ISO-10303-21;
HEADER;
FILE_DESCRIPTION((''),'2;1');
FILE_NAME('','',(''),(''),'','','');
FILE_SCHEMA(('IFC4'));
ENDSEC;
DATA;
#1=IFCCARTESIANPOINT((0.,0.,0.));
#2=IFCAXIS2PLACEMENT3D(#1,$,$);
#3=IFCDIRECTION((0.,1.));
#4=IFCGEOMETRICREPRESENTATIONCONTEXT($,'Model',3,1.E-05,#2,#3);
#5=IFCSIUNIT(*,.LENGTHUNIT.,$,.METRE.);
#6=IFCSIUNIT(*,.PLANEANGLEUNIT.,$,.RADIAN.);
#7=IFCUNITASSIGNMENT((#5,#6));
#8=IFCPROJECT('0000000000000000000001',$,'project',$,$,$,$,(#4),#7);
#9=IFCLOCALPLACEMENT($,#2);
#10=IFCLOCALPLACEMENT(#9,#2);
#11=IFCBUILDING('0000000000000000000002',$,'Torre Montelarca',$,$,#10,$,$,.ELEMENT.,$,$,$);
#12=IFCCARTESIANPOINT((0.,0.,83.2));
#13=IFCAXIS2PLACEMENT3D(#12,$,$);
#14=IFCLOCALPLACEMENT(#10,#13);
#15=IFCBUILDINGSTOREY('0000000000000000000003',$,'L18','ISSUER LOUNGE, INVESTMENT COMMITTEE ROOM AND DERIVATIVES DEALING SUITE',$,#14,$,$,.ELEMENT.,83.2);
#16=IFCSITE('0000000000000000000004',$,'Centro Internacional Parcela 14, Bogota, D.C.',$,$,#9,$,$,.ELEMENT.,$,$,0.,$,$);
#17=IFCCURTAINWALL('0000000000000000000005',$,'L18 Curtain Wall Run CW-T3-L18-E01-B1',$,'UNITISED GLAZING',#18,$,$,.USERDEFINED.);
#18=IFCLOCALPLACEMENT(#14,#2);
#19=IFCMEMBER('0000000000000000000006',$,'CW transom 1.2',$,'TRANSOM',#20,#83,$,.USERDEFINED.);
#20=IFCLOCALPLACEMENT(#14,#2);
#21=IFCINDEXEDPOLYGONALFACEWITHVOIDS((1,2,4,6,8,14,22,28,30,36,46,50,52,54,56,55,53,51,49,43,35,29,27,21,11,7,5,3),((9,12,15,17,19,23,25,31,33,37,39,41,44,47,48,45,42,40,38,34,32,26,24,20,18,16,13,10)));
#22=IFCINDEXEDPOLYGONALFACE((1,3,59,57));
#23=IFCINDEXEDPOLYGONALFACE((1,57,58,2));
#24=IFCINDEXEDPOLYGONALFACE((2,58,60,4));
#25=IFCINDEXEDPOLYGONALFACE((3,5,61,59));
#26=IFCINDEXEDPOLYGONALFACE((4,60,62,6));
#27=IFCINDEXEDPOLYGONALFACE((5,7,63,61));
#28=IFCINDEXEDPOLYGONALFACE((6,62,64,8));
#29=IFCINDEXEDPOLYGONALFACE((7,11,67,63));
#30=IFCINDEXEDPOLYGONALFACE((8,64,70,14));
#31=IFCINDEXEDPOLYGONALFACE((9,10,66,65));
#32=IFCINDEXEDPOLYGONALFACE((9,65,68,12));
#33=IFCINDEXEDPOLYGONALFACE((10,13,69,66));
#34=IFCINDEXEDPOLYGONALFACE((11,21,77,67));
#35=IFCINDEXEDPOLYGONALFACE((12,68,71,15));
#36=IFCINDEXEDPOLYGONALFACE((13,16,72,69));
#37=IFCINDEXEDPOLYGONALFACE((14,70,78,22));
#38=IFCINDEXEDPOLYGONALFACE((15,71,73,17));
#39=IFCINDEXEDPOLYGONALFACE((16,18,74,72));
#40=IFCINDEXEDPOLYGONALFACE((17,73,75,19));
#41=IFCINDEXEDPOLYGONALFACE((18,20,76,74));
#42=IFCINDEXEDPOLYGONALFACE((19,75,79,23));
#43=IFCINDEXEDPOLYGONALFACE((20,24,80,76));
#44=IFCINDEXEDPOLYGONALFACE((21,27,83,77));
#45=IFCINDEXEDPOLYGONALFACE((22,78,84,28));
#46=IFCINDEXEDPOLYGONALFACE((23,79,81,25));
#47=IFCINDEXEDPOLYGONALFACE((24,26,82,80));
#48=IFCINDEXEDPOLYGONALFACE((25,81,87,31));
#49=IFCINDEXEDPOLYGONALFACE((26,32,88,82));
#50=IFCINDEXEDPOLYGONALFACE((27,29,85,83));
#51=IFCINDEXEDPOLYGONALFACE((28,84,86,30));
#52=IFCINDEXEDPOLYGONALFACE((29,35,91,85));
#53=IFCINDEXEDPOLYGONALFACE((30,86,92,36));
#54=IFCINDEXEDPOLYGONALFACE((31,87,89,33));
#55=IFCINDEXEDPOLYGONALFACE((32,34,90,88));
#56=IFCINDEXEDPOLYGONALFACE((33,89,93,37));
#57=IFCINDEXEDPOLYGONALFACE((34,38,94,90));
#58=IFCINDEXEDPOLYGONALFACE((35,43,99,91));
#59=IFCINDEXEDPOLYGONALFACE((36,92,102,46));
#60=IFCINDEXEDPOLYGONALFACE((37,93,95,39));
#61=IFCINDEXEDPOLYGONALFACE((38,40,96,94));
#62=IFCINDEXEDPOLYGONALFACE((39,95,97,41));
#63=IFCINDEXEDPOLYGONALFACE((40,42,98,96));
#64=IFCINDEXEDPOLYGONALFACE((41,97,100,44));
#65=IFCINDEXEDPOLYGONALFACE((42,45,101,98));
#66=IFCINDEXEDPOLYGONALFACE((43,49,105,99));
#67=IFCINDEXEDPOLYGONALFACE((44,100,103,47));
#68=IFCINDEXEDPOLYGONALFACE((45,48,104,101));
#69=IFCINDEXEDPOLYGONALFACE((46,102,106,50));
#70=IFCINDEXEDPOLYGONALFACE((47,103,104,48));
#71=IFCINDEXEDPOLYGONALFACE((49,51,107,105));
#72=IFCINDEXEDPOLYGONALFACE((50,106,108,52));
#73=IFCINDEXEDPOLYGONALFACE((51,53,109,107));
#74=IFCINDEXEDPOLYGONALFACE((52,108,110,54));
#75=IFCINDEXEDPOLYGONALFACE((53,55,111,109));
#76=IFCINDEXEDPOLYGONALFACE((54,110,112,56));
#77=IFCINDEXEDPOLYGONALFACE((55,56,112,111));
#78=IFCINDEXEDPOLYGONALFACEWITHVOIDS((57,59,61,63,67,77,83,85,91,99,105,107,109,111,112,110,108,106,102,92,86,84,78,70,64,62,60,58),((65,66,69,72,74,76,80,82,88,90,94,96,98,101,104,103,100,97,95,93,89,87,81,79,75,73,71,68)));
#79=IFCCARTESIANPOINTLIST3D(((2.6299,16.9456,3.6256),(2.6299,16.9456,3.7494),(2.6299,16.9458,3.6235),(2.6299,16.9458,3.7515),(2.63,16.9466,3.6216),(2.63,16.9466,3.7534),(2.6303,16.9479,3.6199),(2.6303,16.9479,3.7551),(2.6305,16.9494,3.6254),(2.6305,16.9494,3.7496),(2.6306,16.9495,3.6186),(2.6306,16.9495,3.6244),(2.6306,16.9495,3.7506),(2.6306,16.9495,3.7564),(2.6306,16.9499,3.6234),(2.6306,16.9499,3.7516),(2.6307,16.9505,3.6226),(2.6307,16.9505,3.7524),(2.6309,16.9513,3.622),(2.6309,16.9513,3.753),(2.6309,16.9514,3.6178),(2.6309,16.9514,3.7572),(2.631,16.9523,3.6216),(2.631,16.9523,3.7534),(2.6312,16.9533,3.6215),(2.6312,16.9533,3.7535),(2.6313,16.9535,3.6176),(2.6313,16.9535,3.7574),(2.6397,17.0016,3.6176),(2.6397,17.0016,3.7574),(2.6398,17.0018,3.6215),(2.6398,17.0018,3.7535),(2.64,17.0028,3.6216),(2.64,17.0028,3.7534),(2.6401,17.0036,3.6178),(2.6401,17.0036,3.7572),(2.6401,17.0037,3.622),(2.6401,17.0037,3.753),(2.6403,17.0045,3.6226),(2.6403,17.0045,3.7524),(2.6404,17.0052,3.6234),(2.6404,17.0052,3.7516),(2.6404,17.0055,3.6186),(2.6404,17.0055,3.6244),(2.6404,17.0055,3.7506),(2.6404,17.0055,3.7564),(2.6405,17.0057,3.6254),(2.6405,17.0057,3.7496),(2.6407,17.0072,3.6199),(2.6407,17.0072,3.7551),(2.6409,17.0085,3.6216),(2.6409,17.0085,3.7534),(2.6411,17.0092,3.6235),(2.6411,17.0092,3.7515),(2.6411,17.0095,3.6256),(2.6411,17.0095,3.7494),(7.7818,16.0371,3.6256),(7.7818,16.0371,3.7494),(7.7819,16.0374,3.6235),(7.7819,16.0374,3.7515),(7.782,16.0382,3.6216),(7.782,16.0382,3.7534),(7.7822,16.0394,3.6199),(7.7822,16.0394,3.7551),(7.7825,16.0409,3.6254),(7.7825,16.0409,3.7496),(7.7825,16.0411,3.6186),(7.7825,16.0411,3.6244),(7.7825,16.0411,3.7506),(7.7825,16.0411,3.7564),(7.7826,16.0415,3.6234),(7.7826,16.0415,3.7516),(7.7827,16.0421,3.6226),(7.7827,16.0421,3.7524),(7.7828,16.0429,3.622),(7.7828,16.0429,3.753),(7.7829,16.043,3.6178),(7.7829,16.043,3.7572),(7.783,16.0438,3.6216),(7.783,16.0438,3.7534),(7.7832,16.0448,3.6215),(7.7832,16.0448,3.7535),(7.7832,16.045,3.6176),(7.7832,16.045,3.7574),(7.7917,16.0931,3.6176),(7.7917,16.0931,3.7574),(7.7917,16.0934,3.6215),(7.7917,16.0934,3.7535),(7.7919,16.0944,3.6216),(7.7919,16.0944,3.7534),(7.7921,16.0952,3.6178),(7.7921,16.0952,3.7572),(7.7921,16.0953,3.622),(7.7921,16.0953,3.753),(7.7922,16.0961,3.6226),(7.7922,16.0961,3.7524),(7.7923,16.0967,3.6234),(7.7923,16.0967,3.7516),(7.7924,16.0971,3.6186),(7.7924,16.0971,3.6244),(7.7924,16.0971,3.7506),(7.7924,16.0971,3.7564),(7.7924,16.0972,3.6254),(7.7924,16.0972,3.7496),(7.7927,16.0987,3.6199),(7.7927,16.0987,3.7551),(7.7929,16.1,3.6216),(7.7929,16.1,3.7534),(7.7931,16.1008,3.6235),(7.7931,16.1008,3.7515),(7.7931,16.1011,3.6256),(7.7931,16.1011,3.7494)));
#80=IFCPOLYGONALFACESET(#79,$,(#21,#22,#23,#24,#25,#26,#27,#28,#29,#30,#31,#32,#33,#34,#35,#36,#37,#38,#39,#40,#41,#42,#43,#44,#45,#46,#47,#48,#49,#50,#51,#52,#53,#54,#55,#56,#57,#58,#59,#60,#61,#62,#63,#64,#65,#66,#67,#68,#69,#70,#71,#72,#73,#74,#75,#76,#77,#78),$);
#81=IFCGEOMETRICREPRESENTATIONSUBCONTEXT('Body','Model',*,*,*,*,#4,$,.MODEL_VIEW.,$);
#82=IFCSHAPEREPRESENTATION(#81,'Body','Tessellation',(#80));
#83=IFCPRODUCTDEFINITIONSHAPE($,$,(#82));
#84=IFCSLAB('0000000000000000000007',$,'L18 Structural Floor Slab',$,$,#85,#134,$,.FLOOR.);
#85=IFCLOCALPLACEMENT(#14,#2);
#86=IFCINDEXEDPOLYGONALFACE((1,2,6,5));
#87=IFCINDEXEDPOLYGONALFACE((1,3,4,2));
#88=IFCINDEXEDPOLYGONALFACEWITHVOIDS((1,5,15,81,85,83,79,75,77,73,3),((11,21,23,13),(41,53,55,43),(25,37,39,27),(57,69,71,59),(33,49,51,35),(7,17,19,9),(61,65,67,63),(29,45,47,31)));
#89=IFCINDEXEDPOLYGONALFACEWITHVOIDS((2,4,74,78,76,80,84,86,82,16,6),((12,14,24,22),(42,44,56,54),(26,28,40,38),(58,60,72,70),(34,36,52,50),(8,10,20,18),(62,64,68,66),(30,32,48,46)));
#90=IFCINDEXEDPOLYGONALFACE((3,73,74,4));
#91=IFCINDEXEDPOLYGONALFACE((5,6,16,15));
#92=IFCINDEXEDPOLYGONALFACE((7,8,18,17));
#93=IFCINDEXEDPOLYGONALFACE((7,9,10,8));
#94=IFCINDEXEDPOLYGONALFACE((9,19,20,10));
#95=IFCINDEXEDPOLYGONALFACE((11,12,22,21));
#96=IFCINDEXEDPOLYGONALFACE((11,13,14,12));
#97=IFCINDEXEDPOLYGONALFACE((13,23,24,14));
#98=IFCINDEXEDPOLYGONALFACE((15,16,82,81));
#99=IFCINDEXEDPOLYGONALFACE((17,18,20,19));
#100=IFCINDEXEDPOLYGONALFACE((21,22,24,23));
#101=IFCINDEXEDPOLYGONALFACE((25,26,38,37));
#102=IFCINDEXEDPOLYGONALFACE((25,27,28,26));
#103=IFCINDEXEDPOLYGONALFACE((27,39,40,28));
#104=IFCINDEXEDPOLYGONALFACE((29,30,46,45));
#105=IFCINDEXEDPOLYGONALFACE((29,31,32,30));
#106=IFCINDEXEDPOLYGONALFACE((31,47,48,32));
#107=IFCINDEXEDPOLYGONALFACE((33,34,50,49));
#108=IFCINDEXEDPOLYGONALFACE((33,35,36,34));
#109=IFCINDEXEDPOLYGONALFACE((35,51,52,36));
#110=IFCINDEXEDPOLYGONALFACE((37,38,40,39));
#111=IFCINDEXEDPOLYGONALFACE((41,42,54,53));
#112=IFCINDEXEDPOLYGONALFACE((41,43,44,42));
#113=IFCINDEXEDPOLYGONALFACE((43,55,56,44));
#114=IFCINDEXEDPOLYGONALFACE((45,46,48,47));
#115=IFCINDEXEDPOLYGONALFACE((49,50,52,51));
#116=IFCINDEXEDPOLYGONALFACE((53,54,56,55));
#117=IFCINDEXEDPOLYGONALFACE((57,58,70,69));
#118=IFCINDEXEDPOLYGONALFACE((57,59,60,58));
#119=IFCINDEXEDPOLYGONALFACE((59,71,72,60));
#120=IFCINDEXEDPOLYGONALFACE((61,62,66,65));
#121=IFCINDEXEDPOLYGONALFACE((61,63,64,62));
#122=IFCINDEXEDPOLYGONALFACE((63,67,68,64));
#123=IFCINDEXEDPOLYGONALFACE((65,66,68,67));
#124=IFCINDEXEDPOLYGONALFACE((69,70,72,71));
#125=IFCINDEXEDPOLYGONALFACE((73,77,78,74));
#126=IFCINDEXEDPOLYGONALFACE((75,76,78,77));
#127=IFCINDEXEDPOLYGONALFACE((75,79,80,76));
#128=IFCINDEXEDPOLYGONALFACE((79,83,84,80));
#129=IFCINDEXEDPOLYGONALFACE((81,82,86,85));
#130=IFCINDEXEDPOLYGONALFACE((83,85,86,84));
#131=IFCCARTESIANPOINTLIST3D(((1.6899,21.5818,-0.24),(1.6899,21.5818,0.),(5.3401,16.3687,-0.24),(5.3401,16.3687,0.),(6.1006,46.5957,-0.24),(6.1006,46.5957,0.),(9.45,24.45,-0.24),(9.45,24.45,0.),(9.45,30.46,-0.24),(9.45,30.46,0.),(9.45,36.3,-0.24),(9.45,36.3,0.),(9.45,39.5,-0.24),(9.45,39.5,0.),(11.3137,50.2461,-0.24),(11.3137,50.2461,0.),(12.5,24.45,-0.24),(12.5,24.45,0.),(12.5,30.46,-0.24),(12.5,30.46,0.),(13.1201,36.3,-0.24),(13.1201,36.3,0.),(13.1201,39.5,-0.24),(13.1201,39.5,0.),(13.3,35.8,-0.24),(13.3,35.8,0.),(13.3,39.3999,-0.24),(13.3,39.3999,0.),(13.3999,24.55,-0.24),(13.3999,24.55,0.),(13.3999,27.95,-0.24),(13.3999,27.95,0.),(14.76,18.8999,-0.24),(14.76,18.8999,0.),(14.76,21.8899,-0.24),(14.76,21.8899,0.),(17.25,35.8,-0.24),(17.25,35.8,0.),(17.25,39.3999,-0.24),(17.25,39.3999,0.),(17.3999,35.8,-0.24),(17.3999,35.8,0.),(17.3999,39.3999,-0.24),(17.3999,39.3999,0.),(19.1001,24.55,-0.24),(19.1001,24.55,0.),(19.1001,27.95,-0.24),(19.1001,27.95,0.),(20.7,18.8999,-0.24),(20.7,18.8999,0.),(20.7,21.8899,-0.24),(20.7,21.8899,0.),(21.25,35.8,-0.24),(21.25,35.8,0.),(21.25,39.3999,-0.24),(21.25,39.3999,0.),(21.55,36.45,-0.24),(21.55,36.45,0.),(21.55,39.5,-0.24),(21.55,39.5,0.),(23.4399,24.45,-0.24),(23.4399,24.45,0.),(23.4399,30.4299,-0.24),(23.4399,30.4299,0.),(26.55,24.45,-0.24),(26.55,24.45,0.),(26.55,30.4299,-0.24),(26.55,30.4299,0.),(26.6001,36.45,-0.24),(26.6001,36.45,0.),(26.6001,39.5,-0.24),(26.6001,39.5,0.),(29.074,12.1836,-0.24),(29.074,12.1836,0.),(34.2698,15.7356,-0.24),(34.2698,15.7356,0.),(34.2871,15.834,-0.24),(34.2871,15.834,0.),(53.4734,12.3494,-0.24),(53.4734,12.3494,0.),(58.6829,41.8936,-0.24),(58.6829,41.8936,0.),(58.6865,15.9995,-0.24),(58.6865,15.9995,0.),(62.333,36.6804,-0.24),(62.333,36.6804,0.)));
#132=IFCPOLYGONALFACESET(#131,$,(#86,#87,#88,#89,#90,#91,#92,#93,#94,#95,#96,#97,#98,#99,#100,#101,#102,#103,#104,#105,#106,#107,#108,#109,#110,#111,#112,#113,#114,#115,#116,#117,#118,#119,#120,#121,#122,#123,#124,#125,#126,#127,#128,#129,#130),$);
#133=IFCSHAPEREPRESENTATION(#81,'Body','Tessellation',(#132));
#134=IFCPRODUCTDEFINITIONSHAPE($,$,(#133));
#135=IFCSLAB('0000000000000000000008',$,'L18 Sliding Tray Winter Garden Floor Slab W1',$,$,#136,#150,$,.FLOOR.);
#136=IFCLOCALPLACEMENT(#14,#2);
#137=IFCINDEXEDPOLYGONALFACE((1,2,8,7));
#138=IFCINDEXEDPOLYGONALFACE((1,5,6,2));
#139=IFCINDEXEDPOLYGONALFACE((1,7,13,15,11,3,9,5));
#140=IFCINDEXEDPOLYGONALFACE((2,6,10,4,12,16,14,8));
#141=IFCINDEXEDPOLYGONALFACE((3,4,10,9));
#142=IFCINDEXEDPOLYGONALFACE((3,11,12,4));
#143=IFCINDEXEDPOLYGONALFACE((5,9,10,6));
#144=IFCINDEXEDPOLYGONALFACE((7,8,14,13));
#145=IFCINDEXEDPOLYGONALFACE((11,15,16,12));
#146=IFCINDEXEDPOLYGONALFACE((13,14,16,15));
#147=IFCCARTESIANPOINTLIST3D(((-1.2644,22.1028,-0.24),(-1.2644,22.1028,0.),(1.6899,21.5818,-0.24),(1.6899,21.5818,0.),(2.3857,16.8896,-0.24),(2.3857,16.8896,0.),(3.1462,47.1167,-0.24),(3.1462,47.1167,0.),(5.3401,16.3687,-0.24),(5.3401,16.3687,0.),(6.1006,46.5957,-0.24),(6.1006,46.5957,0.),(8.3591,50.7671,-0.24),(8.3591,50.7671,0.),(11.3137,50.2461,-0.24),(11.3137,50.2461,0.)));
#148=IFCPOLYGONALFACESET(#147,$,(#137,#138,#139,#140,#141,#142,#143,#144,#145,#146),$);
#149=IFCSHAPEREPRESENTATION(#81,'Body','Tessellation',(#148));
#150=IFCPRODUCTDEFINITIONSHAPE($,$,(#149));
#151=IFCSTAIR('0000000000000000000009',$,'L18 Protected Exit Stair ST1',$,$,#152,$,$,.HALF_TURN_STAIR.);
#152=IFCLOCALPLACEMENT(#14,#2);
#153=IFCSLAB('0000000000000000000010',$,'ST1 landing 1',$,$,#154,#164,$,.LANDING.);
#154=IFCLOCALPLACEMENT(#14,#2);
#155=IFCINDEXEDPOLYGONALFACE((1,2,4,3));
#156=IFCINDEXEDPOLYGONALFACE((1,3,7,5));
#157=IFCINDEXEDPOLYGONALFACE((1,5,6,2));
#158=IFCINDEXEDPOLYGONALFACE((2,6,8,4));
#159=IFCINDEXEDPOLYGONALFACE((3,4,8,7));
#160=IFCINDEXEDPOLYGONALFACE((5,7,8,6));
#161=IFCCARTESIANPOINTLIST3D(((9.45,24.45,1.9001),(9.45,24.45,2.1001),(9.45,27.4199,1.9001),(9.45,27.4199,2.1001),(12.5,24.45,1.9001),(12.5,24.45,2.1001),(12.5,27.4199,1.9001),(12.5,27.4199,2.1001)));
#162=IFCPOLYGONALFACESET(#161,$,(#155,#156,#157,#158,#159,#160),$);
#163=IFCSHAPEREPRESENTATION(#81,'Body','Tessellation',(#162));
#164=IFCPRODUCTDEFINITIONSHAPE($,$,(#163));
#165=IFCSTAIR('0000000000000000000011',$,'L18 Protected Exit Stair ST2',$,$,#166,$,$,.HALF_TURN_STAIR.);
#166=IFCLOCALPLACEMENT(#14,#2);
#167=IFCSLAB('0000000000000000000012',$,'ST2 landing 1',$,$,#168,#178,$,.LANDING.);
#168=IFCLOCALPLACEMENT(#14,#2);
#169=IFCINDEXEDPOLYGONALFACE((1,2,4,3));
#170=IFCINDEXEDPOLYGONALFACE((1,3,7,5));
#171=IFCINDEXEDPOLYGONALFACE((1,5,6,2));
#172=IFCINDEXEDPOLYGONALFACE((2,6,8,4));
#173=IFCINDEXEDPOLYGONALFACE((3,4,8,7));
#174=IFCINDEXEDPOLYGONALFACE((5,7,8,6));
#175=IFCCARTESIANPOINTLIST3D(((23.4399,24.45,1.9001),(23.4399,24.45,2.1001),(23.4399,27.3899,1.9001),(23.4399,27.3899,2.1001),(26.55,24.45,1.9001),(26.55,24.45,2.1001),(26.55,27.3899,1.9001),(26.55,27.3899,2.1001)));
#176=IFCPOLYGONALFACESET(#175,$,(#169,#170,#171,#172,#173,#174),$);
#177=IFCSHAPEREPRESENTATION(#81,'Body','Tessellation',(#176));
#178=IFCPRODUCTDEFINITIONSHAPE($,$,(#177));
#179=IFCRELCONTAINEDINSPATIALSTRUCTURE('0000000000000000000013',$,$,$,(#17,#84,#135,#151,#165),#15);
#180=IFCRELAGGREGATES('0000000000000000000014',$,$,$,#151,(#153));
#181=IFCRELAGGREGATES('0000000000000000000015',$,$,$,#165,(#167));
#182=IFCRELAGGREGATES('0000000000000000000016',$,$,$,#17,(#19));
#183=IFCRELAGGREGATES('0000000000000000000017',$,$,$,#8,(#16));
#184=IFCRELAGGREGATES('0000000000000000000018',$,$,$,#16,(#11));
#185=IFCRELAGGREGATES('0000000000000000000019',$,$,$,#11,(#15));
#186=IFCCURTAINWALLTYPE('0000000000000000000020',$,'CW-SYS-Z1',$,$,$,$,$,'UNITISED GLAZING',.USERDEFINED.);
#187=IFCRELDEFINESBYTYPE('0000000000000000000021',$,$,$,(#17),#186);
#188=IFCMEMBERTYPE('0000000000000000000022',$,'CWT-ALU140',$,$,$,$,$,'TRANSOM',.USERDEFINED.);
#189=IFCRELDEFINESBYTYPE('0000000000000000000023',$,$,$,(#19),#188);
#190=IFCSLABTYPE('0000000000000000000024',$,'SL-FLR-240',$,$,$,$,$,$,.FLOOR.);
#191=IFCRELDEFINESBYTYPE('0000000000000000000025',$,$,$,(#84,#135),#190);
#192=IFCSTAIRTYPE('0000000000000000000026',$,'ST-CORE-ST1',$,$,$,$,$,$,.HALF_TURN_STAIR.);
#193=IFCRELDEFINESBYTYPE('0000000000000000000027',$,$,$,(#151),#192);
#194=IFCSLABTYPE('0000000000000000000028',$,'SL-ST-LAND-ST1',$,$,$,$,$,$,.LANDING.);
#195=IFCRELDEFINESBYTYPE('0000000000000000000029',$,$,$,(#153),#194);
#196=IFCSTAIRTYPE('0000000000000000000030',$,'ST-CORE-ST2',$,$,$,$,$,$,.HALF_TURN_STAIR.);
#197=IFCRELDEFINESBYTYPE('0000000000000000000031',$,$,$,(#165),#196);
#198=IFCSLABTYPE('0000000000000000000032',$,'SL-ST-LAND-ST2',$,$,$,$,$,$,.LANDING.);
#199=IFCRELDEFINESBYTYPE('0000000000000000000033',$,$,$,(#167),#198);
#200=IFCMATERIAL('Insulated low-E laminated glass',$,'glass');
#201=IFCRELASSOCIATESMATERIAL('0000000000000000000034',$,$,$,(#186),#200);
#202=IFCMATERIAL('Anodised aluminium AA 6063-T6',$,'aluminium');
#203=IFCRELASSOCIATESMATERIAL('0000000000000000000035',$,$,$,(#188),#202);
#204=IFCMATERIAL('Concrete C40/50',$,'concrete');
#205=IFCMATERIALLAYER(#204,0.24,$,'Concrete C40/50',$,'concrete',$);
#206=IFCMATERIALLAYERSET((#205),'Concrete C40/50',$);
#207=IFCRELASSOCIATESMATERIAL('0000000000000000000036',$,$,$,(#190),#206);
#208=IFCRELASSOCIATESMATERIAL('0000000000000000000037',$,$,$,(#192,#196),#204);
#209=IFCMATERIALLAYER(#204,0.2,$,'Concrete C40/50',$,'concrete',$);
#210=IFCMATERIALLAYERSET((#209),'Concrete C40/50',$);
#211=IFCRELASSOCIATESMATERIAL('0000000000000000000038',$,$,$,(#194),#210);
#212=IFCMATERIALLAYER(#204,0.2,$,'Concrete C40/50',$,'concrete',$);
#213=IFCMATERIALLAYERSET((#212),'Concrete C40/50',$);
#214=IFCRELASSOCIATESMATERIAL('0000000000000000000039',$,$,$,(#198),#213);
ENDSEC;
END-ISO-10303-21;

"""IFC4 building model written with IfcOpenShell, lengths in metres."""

from ifc_helpers import new_model, si_unit, direction, frame, origin, origin_2d, place, context, subcontext, project, spatial, polyline, hollow_rectangle, outline, extrude, source, transform, mapped, material, layer, layer_set, material_profile, profile_set, type_object, element, aggregate, save


model = new_model("IFC4")

# Units and contexts
model_context = context("Model", 3, precision=1e-05, world=origin(), true_north=direction((0.0, 1.0)))
body_context = subcontext(model_context, "Body", "Model", "MODEL_VIEW")
ifc_project = project(units=[si_unit("LENGTHUNIT", "METRE"), si_unit("PLANEANGLEUNIT", "RADIAN")], contexts=[model_context])

# Site, building, storey
site_placement = place(None, origin())
site = spatial("IfcSite", under=ifc_project, at=site_placement, Name="Centro Internacional Parcela 14, Bogota, D.C.", CompositionType="ELEMENT", RefElevation=0.0)
building_placement = place(site_placement, origin())
building = spatial("IfcBuilding", under=site, at=building_placement, Name="Torre Montelarca", CompositionType="ELEMENT")
storey_placement = place(building_placement, frame((0.0, 0.0, 83.2)))
storey = spatial("IfcBuildingStorey", under=building, at=storey_placement, Name="L18", Description="ISSUER LOUNGE, INVESTMENT COMMITTEE ROOM AND DERIVATIVES DEALING SUITE", CompositionType="ELEMENT", Elevation=83.2)

# Curtain wall
ifc_material_1 = material(Name="Insulated low-E laminated glass", Category="glass")
curtain_wall_type = type_object("IfcCurtainWallType", Name="CW-SYS-Z1", ElementType="UNITISED GLAZING", PredefinedType="USERDEFINED", material=ifc_material_1)
ifc_material_2 = material(Name="Anodised aluminium AA 6063-T6", Category="aluminium")
ifc_material_profile_1 = material_profile(ifc_material_2, hollow_rectangle(XDim=0.0649, YDim=0.1399, WallThickness=0.0039, InnerFilletRadius=0.0039, OuterFilletRadius=0.0081, at=origin_2d()), Name="ALU65X140X4", Category="aluminium")
ifc_profile_set_1 = profile_set([ifc_material_profile_1], Name="Anodised aluminium AA 6063-T6")
member_type_1 = type_object("IfcMemberType", Name="CWT-ALU140", ElementType="TRANSOM", PredefinedType="USERDEFINED", material=ifc_profile_set_1)
curtain_wall_1_placement = place(storey_placement, origin())
curtain_wall_1 = element("IfcCurtainWall", 1, at=curtain_wall_1_placement, inside=storey, type_object=curtain_wall_type, Name="L18 Curtain Wall Run CW-T3-L18-E01-B1", ObjectType="UNITISED GLAZING", PredefinedType="USERDEFINED")

# Member
shared_shape_1 = source(origin(), body_context, "Body", "SweptSolid", [
    extrude(hollow_rectangle(XDim=0.0649, YDim=0.1399, WallThickness=0.0039, InnerFilletRadius=0.0039, OuterFilletRadius=0.0081, at=origin_2d()), origin(), (0.0, 0.0, 1.0), 5.2314),
])
member_1_placement = place(storey_placement, frame((2.6355, 16.9775, 3.6875), z_axis=(0.984807, -0.173655, 0.0), x_axis=(0.173655, 0.984807, 0.0)))
member_1 = element("IfcMember", 2, at=member_1_placement, type_object=member_type_1, Name="CW transom 1.2", ObjectType="TRANSOM", PredefinedType="USERDEFINED", context=body_context, shape_type="MappedRepresentation", body=[
    mapped(shared_shape_1, transform((0.0, 0.0, 0.0), scale=1.0)),
])

# Slabs
ifc_material_3 = material(Name="Concrete C40/50", Category="concrete")
ifc_layer_1 = layer(ifc_material_3, 0.24, Name="Concrete C40/50", Category="concrete")
ifc_layer_set_1 = layer_set([ifc_layer_1], Name="Concrete C40/50")
slab_type_1 = type_object("IfcSlabType", Name="SL-FLR-240", PredefinedType="FLOOR", material=ifc_layer_set_1)
slab_1_placement = place(storey_placement, frame((0.0, 0.0, -0.24)))
element("IfcSlab", 3, at=slab_1_placement, inside=storey, type_object=slab_type_1, Name="L18 Structural Floor Slab", PredefinedType="FLOOR", context=body_context, shape_type="SweptSolid", body=[
    extrude(outline(polyline([(29.074, 12.1836), (34.2871, 15.834), (34.2698, 15.7356), (53.4734, 12.3494), (58.6865, 15.9995), (62.333, 36.6804), (58.6829, 41.8936), (11.3137, 50.2461), (6.1006, 46.5957), (1.6899, 21.5818), (5.3401, 16.3687), (29.074, 12.1836)]), holes=[polyline([(20.7, 18.8999), (14.76, 18.8999), (14.76, 21.8899), (20.7, 21.8899), (20.7, 18.8999)]), polyline([(19.1001, 24.55), (13.3999, 24.55), (13.3999, 27.95), (19.1001, 27.95), (19.1001, 24.55)]), polyline([(23.4399, 24.45), (23.4399, 30.4299), (26.55, 30.4299), (26.55, 24.45), (23.4399, 24.45)]), polyline([(9.45, 24.45), (9.45, 30.46), (12.5, 30.46), (12.5, 24.45), (9.45, 24.45)]), polyline([(17.25, 35.8), (13.3, 35.8), (13.3, 39.3999), (17.25, 39.3999), (17.25, 35.8)]), polyline([(21.25, 35.8), (17.3999, 35.8), (17.3999, 39.3999), (21.25, 39.3999), (21.25, 35.8)]), polyline([(13.1201, 36.3), (9.45, 36.3), (9.45, 39.5), (13.1201, 39.5), (13.1201, 36.3)]), polyline([(26.6001, 36.45), (21.55, 36.45), (21.55, 39.5), (26.6001, 39.5), (26.6001, 36.45)])]), origin(), (0.0, 0.0, 1.0), 0.24),
])
slab_2_placement = place(storey_placement, frame((0.0, 0.0, -0.24)))
element("IfcSlab", 4, at=slab_2_placement, inside=storey, type_object=slab_type_1, Name="L18 Sliding Tray Winter Garden Floor Slab W1", PredefinedType="FLOOR", context=body_context, shape_type="SweptSolid", body=[
    extrude(outline(polyline([(5.3401, 16.3687), (1.6899, 21.5818), (6.1006, 46.5957), (11.3137, 50.2461), (8.3591, 50.7671), (3.1462, 47.1167), (-1.2644, 22.1028), (2.3857, 16.8896), (5.3401, 16.3687)])), origin(), (0.0, 0.0, 1.0), 0.24),
])

# Stairs, slabs
stair_type_1 = type_object("IfcStairType", Name="ST-CORE-ST1", PredefinedType="HALF_TURN_STAIR", material=ifc_material_3)
stair_1_placement = place(storey_placement, origin())
stair_1 = element("IfcStair", 5, at=stair_1_placement, inside=storey, type_object=stair_type_1, Name="L18 Protected Exit Stair ST1", PredefinedType="HALF_TURN_STAIR")
ifc_layer_2 = layer(ifc_material_3, 0.2, Name="Concrete C40/50", Category="concrete")
ifc_layer_set_2 = layer_set([ifc_layer_2], Name="Concrete C40/50")
slab_type_2 = type_object("IfcSlabType", Name="SL-ST-LAND-ST1", PredefinedType="LANDING", material=ifc_layer_set_2)
slab_3_placement = place(storey_placement, frame((0.0, 0.0, 1.9001)))
slab_3 = element("IfcSlab", 6, at=slab_3_placement, type_object=slab_type_2, Name="ST1 landing 1", PredefinedType="LANDING", context=body_context, shape_type="SweptSolid", body=[
    extrude(outline(polyline([(9.45, 27.4199), (9.45, 24.45), (12.5, 24.45), (12.5, 27.4199), (9.45, 27.4199)])), origin(), (0.0, 0.0, 1.0), 0.2),
])
aggregate(stair_1, [slab_3])
stair_type_2 = type_object("IfcStairType", Name="ST-CORE-ST2", PredefinedType="HALF_TURN_STAIR", material=ifc_material_3)
stair_2_placement = place(storey_placement, origin())
stair_2 = element("IfcStair", 7, at=stair_2_placement, inside=storey, type_object=stair_type_2, Name="L18 Protected Exit Stair ST2", PredefinedType="HALF_TURN_STAIR")
ifc_layer_3 = layer(ifc_material_3, 0.2, Name="Concrete C40/50", Category="concrete")
ifc_layer_set_3 = layer_set([ifc_layer_3], Name="Concrete C40/50")
slab_type_3 = type_object("IfcSlabType", Name="SL-ST-LAND-ST2", PredefinedType="LANDING", material=ifc_layer_set_3)
slab_4_placement = place(storey_placement, frame((0.0, 0.0, 1.9001)))
slab_4 = element("IfcSlab", 8, at=slab_4_placement, type_object=slab_type_3, Name="ST2 landing 1", PredefinedType="LANDING", context=body_context, shape_type="SweptSolid", body=[
    extrude(outline(polyline([(23.4399, 27.3899), (23.4399, 24.45), (26.55, 24.45), (26.55, 27.3899), (23.4399, 27.3899)])), origin(), (0.0, 0.0, 1.0), 0.2),
])
aggregate(stair_2, [slab_4])

aggregate(curtain_wall_1, [member_1])

save(model, "model.ifc")
